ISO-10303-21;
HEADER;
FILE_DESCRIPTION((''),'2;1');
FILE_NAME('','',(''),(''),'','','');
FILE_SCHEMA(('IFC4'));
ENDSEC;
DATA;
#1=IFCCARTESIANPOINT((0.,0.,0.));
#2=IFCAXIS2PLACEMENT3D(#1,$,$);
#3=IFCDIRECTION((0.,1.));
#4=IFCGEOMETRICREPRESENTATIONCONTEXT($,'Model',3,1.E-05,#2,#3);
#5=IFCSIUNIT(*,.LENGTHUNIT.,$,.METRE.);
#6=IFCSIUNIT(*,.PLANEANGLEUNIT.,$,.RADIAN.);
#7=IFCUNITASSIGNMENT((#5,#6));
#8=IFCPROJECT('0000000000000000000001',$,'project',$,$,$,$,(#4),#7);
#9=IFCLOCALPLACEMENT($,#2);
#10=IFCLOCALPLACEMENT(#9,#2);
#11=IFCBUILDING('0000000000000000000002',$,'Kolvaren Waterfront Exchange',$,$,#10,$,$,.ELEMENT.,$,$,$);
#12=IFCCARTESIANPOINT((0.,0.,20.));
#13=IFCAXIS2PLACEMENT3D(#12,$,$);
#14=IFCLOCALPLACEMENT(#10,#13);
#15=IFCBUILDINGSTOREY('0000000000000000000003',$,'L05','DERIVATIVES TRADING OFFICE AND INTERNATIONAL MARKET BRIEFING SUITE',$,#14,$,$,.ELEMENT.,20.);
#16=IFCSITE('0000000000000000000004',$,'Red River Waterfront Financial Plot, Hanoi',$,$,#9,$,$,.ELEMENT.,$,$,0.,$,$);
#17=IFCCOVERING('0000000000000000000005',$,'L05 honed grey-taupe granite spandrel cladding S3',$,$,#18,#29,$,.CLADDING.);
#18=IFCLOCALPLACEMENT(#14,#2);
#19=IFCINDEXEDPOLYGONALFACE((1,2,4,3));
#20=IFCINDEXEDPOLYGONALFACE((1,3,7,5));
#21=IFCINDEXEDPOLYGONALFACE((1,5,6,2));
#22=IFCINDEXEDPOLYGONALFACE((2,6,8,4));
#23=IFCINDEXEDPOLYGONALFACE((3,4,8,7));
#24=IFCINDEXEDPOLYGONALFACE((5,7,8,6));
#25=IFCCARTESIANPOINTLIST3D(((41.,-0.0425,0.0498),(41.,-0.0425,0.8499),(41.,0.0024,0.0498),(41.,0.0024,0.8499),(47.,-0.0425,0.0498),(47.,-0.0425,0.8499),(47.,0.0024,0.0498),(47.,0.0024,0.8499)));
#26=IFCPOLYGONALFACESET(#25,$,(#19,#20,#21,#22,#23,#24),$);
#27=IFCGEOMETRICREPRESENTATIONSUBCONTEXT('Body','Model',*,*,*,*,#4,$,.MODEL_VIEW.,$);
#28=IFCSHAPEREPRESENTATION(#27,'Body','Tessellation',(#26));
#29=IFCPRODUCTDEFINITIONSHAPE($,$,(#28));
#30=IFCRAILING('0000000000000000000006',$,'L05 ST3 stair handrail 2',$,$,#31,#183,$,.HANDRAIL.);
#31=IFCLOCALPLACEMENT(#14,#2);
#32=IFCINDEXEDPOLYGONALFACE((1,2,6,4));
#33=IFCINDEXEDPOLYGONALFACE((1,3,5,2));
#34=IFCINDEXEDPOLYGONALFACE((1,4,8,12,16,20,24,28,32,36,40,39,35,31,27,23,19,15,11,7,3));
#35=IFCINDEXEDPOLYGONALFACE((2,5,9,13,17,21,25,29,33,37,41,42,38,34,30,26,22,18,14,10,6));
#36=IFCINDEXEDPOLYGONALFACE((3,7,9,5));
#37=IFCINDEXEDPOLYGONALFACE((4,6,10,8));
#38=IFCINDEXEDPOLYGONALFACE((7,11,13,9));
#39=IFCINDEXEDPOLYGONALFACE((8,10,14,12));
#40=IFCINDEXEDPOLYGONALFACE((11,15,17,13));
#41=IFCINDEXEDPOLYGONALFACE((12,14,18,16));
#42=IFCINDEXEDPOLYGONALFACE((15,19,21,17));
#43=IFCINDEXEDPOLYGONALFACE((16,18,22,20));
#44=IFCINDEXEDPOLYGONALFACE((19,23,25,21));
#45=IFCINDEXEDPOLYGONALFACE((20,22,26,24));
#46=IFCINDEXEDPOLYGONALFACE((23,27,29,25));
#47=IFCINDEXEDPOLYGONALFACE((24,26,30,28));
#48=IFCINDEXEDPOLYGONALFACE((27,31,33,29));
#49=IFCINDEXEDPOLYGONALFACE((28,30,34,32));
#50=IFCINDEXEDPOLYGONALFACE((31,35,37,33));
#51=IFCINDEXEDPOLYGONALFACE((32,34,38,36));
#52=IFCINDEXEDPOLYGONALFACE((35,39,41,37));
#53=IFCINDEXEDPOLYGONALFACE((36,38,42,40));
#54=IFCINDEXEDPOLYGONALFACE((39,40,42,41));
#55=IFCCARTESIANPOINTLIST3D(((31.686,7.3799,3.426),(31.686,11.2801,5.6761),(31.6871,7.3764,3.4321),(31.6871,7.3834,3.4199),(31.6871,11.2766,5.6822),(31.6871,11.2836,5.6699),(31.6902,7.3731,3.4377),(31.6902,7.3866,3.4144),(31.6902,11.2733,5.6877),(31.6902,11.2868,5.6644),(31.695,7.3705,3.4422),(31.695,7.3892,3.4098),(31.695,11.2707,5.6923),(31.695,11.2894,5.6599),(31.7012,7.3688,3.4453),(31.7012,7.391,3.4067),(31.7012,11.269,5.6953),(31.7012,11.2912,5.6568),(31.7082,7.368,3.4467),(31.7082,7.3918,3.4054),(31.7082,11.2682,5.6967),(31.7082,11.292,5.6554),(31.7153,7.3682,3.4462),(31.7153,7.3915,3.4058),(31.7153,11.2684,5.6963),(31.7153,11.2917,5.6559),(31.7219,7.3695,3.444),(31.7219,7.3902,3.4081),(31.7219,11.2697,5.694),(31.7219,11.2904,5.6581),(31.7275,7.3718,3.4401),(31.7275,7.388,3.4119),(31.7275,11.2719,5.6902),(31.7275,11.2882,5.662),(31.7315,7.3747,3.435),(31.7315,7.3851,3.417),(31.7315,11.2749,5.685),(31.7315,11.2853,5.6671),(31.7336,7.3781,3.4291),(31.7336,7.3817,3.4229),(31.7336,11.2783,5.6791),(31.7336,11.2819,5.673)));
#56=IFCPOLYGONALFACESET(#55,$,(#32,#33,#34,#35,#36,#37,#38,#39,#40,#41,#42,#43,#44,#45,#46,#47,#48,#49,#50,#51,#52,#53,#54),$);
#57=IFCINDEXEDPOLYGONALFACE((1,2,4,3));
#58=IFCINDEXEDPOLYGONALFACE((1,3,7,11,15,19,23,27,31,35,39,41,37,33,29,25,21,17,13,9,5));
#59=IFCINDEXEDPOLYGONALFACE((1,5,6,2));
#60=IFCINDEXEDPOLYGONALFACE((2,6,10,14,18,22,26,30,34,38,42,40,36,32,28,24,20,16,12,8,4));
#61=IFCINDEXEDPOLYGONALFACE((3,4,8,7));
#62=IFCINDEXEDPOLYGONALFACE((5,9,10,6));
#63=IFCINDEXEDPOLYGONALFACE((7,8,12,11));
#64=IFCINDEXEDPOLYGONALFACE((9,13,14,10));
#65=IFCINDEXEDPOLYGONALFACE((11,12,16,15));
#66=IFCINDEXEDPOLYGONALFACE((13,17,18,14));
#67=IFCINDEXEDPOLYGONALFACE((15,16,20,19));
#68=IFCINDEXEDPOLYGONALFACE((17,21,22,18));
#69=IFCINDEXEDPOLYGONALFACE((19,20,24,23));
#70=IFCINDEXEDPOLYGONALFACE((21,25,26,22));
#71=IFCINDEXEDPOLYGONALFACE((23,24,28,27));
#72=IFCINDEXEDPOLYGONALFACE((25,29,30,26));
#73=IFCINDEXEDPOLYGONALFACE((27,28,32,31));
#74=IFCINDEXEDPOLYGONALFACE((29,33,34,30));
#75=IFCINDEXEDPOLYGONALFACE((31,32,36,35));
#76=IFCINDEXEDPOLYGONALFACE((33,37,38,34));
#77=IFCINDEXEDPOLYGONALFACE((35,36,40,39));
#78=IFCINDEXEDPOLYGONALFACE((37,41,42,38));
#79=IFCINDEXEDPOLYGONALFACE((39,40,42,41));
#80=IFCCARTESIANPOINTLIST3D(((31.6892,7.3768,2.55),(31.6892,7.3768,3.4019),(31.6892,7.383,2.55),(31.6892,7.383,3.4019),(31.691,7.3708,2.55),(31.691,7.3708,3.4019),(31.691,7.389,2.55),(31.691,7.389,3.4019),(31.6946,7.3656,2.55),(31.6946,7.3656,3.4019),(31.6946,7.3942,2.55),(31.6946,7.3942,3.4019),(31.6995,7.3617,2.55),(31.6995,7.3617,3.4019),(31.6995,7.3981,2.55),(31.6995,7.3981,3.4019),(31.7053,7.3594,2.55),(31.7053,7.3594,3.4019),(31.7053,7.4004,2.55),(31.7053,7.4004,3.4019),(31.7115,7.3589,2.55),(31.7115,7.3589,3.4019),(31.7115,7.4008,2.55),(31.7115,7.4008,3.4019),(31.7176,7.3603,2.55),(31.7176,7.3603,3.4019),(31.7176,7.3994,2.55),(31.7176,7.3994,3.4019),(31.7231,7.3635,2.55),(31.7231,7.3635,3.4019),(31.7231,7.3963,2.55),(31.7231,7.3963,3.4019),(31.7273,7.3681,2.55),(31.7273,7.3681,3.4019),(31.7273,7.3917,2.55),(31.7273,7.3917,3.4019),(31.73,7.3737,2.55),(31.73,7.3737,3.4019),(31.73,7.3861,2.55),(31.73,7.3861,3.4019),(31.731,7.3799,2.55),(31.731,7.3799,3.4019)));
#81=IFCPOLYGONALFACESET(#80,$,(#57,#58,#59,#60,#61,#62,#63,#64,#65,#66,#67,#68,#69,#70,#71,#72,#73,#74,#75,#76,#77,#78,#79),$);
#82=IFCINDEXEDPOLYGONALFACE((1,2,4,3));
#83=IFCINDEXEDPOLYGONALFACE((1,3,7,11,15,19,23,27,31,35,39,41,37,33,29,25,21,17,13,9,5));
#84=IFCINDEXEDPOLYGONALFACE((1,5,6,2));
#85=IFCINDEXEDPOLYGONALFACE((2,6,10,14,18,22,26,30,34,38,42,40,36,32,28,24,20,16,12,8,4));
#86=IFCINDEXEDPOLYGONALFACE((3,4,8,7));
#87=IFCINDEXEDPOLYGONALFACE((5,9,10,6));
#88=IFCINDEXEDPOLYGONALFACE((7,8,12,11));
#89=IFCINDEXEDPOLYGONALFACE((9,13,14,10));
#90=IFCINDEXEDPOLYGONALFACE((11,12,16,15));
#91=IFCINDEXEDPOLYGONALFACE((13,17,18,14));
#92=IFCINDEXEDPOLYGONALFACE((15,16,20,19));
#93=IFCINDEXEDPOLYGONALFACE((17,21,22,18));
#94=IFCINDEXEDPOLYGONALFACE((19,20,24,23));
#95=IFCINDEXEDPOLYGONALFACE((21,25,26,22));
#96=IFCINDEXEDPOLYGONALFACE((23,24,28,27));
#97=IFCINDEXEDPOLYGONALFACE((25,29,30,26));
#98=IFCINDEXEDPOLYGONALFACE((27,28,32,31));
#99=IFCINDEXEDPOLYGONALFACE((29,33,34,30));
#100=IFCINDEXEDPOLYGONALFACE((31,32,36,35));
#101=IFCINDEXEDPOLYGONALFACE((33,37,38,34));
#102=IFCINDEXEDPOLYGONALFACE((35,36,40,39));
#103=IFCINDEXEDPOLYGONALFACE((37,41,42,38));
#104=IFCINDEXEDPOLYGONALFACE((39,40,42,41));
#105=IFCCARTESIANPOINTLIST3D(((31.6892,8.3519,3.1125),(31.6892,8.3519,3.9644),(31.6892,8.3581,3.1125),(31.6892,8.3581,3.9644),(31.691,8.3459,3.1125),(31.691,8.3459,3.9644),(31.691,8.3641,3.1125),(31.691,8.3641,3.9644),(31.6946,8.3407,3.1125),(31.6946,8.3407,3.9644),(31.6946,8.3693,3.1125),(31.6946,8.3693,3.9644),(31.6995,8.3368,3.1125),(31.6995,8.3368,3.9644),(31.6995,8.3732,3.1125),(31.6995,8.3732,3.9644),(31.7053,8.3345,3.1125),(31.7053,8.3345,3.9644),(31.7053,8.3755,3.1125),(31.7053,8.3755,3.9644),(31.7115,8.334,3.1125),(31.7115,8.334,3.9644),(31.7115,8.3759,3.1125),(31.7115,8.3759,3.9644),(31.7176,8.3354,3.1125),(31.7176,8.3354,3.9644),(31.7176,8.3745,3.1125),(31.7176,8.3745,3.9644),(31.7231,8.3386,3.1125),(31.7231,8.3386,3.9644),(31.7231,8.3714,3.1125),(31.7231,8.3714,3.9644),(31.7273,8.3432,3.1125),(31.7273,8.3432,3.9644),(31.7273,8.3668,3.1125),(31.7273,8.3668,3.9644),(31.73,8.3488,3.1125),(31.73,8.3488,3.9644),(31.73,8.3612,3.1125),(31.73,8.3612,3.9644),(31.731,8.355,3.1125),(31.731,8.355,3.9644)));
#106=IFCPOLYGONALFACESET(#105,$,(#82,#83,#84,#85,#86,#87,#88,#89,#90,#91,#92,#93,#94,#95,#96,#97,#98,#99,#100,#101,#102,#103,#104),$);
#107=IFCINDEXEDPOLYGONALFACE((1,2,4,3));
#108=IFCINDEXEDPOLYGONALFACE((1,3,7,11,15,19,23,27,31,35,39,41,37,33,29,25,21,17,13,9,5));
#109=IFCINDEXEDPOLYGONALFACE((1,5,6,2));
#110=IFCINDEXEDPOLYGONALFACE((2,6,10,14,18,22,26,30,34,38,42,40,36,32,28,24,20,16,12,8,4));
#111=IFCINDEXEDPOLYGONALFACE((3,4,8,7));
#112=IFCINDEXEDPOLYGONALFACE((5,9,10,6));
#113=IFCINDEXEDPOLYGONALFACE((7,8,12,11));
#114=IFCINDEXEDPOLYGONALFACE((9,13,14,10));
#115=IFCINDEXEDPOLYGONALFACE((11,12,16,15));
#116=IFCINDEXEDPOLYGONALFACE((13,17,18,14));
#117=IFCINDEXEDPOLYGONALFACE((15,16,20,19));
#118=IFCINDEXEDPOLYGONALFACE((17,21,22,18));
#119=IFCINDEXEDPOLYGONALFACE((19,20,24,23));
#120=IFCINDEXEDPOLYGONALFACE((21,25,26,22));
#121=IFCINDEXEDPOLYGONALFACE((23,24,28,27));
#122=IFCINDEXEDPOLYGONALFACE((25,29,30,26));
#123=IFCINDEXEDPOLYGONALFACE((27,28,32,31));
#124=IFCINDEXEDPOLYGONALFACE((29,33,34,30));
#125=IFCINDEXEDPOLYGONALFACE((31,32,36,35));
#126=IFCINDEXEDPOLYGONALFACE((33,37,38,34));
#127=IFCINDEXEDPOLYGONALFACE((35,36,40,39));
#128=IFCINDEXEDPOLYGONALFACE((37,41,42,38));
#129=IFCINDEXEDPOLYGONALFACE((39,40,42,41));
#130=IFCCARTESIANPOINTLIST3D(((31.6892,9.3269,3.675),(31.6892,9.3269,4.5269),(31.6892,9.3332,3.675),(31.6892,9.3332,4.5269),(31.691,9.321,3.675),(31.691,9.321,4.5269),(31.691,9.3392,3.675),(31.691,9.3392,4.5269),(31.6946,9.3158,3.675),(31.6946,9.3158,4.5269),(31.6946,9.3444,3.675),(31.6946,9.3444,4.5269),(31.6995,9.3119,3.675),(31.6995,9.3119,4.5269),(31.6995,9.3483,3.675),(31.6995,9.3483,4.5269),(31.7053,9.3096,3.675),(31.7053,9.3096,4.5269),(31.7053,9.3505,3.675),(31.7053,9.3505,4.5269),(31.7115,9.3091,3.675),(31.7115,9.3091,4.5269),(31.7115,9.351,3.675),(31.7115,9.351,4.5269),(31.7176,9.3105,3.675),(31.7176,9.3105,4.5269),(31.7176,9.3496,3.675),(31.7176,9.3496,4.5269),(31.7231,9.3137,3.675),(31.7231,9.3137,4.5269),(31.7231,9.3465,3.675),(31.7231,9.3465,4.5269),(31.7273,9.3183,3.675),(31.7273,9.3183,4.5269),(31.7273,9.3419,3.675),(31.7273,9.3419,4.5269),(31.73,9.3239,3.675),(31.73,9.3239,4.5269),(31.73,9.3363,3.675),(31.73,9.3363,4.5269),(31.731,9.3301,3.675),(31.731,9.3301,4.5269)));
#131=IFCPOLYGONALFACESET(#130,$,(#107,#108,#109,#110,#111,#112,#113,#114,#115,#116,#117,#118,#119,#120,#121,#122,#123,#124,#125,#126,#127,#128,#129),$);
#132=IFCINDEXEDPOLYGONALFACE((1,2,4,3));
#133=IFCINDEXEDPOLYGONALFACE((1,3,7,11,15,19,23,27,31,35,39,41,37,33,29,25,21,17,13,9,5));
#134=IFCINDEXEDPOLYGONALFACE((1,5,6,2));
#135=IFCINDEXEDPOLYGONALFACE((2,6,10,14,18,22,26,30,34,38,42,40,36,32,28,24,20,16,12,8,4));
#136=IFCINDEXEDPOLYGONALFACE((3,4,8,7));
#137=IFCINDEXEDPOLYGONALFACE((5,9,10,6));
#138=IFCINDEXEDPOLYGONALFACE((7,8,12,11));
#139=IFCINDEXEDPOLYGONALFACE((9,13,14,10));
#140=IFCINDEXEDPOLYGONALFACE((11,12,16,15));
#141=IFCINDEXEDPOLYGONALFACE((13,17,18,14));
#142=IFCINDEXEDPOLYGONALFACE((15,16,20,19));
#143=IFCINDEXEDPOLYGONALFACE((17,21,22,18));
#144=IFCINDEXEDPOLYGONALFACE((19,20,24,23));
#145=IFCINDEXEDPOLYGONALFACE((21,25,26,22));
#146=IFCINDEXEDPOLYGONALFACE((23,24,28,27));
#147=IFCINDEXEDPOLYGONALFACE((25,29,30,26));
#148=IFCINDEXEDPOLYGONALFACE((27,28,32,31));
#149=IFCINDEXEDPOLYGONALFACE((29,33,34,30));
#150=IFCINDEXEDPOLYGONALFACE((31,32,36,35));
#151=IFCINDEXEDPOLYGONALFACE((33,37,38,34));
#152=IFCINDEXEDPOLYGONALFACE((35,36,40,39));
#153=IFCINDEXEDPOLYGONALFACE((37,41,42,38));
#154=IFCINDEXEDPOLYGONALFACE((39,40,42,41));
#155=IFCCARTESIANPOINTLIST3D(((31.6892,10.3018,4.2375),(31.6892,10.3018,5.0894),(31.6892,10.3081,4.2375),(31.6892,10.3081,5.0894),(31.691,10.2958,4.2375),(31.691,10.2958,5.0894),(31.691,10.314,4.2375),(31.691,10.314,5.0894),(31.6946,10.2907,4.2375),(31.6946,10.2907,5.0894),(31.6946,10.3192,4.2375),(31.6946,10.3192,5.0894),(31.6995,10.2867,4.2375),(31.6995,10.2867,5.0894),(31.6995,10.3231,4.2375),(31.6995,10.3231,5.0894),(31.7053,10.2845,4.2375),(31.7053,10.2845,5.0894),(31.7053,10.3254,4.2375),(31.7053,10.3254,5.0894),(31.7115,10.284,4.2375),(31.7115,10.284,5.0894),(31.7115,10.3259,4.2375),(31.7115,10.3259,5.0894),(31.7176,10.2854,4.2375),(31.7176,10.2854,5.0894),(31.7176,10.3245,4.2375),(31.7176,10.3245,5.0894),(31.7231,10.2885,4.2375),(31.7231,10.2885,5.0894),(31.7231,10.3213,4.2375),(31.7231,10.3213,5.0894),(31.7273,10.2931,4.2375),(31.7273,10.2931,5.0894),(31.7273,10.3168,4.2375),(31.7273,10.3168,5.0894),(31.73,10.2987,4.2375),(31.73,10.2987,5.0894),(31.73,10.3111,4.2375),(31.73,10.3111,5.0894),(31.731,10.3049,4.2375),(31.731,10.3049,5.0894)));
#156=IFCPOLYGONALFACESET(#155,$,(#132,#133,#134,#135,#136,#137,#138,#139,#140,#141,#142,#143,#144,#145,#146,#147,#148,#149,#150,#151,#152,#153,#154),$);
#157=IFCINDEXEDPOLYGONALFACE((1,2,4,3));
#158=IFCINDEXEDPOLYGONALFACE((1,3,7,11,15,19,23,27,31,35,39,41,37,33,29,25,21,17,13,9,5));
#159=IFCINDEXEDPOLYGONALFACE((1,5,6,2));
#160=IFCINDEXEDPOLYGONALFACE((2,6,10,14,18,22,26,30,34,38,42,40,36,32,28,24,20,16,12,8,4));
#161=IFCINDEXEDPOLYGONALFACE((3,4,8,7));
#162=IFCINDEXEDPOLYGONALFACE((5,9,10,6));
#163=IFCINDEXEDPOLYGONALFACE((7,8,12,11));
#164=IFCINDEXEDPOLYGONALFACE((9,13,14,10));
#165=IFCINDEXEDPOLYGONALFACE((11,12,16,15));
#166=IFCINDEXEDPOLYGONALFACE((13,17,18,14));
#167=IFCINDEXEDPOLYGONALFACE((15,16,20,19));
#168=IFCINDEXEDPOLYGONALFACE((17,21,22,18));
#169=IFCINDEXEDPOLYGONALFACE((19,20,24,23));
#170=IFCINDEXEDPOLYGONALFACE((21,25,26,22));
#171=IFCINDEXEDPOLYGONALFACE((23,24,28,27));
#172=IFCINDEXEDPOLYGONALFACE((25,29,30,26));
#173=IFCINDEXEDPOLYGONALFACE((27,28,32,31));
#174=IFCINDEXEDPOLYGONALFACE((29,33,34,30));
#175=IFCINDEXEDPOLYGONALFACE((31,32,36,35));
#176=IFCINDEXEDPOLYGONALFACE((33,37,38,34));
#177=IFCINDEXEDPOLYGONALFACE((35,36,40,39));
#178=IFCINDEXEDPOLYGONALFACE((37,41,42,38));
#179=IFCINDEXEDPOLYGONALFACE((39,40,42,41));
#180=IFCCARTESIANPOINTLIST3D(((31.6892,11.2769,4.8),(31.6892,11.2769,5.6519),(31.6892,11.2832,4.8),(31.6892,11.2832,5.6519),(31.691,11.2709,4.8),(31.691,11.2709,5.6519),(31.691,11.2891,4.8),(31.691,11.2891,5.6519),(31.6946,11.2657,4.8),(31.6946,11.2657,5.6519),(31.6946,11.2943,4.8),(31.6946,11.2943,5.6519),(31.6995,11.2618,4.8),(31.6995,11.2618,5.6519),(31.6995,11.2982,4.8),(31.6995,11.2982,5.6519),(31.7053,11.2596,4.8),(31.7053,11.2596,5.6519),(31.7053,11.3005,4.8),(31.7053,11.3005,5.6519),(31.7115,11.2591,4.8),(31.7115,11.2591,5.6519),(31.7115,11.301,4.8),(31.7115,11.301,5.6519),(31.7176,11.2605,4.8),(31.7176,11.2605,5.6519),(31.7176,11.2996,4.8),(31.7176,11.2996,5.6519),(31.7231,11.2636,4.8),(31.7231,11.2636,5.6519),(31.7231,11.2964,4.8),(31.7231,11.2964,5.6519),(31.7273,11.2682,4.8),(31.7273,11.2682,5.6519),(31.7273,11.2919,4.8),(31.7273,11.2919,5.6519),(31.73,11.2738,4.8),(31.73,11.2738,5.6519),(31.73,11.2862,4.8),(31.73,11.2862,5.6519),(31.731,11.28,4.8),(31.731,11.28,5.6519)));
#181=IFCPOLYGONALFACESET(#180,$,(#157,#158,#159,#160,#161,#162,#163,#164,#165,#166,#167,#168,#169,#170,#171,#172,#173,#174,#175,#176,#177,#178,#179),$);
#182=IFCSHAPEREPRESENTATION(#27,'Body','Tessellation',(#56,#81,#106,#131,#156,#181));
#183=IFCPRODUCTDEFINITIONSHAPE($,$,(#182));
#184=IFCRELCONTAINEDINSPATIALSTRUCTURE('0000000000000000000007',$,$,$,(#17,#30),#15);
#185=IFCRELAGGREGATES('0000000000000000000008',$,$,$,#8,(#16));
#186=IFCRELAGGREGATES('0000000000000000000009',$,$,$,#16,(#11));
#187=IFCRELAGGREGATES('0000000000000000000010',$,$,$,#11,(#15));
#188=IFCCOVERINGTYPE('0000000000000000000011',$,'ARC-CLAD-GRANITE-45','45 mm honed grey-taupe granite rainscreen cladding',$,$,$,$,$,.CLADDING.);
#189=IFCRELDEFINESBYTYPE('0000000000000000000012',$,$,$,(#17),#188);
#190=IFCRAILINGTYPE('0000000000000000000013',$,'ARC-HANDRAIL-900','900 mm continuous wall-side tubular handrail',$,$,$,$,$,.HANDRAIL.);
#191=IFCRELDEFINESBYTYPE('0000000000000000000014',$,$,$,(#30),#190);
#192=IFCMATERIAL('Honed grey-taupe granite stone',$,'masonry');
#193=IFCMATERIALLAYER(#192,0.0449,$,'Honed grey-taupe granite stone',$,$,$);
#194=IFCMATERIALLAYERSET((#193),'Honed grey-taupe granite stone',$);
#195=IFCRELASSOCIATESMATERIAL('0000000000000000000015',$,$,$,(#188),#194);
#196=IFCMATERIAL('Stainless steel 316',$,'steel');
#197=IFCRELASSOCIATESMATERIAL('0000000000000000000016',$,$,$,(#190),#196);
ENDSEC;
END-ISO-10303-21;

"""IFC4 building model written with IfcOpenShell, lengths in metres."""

from ifc_helpers import new_model, si_unit, direction, frame, origin, origin_2d, place, context, subcontext, project, spatial, rectangle, circle, extrude, material, layer, layer_set, type_object, element, save


model = new_model("IFC4")

# Units and contexts
model_context = context("Model", 3, precision=1e-05, world=origin(), true_north=direction((0.0, 1.0)))
body_context = subcontext(model_context, "Body", "Model", "MODEL_VIEW")
ifc_project = project(units=[si_unit("LENGTHUNIT", "METRE"), si_unit("PLANEANGLEUNIT", "RADIAN")], contexts=[model_context])

# Site, building, storey
site_placement = place(None, origin())
site = spatial("IfcSite", under=ifc_project, at=site_placement, Name="Red River Waterfront Financial Plot, Hanoi", CompositionType="ELEMENT", RefElevation=0.0)
building_placement = place(site_placement, origin())
building = spatial("IfcBuilding", under=site, at=building_placement, Name="Kolvaren Waterfront Exchange", CompositionType="ELEMENT")
storey_placement = place(building_placement, frame((0.0, 0.0, 20.0)))
storey = spatial("IfcBuildingStorey", under=building, at=storey_placement, Name="L05", Description="DERIVATIVES TRADING OFFICE AND INTERNATIONAL MARKET BRIEFING SUITE", CompositionType="ELEMENT", Elevation=20.0)

# Covering
ifc_material_1 = material(Name="Honed grey-taupe granite stone", Category="masonry")
ifc_layer_1 = layer(ifc_material_1, 0.0449, Name="Honed grey-taupe granite stone")
ifc_layer_set_1 = layer_set([ifc_layer_1], Name="Honed grey-taupe granite stone")
covering_type = type_object("IfcCoveringType", Name="ARC-CLAD-GRANITE-45", Description="45 mm honed grey-taupe granite rainscreen cladding", PredefinedType="CLADDING", material=ifc_layer_set_1)
covering_placement = place(storey_placement, frame((44.0, -0.02, 0.0498), z_axis=(0.0, 0.0, 1.0), x_axis=(1.0, 0.0, 0.0)))
element("IfcCovering", 1, at=covering_placement, inside=storey, type_object=covering_type, Name="L05 honed grey-taupe granite spandrel cladding S3", PredefinedType="CLADDING", context=body_context, shape_type="SweptSolid", body=[
    extrude(rectangle(XDim=6.0, YDim=0.0449, at=origin_2d()), origin(), (0.0, 0.0, 1.0), 0.8),
])

# Railing
ifc_material_2 = material(Name="Stainless steel 316", Category="steel")
railing_type = type_object("IfcRailingType", Name="ARC-HANDRAIL-900", Description="900 mm continuous wall-side tubular handrail", PredefinedType="HANDRAIL", material=ifc_material_2)
railing_placement = place(storey_placement, frame((31.71, 7.3799, 2.55)))
element("IfcRailing", 2, at=railing_placement, inside=storey, type_object=railing_type, Name="L05 ST3 stair handrail 2", PredefinedType="HANDRAIL", context=body_context, shape_type="SweptSolid", body=[
    extrude(circle(Radius=0.0239, at=origin_2d()), frame((0.0, 0.0, 0.876), z_axis=(0.0, 0.866194, 0.499708), x_axis=(-1.0, 0.0, 0.0)), (0.0, 0.0, 1.0), 4.5027),
    extrude(circle(Radius=0.021, at=origin_2d()), origin(), (0.0, 0.0, 1.0), 0.8518),
    extrude(circle(Radius=0.021, at=origin_2d()), frame((0.0, 0.9751, 0.5625)), (0.0, 0.0, 1.0), 0.8518),
    extrude(circle(Radius=0.021, at=origin_2d()), frame((0.0, 1.9502, 1.125)), (0.0, 0.0, 1.0), 0.8518),
    extrude(circle(Radius=0.021, at=origin_2d()), frame((0.0, 2.925, 1.6875)), (0.0, 0.0, 1.0), 0.8518),
    extrude(circle(Radius=0.021, at=origin_2d()), frame((0.0, 3.9001, 2.25)), (0.0, 0.0, 1.0), 0.8518),
])

save(model, "model.ifc")
